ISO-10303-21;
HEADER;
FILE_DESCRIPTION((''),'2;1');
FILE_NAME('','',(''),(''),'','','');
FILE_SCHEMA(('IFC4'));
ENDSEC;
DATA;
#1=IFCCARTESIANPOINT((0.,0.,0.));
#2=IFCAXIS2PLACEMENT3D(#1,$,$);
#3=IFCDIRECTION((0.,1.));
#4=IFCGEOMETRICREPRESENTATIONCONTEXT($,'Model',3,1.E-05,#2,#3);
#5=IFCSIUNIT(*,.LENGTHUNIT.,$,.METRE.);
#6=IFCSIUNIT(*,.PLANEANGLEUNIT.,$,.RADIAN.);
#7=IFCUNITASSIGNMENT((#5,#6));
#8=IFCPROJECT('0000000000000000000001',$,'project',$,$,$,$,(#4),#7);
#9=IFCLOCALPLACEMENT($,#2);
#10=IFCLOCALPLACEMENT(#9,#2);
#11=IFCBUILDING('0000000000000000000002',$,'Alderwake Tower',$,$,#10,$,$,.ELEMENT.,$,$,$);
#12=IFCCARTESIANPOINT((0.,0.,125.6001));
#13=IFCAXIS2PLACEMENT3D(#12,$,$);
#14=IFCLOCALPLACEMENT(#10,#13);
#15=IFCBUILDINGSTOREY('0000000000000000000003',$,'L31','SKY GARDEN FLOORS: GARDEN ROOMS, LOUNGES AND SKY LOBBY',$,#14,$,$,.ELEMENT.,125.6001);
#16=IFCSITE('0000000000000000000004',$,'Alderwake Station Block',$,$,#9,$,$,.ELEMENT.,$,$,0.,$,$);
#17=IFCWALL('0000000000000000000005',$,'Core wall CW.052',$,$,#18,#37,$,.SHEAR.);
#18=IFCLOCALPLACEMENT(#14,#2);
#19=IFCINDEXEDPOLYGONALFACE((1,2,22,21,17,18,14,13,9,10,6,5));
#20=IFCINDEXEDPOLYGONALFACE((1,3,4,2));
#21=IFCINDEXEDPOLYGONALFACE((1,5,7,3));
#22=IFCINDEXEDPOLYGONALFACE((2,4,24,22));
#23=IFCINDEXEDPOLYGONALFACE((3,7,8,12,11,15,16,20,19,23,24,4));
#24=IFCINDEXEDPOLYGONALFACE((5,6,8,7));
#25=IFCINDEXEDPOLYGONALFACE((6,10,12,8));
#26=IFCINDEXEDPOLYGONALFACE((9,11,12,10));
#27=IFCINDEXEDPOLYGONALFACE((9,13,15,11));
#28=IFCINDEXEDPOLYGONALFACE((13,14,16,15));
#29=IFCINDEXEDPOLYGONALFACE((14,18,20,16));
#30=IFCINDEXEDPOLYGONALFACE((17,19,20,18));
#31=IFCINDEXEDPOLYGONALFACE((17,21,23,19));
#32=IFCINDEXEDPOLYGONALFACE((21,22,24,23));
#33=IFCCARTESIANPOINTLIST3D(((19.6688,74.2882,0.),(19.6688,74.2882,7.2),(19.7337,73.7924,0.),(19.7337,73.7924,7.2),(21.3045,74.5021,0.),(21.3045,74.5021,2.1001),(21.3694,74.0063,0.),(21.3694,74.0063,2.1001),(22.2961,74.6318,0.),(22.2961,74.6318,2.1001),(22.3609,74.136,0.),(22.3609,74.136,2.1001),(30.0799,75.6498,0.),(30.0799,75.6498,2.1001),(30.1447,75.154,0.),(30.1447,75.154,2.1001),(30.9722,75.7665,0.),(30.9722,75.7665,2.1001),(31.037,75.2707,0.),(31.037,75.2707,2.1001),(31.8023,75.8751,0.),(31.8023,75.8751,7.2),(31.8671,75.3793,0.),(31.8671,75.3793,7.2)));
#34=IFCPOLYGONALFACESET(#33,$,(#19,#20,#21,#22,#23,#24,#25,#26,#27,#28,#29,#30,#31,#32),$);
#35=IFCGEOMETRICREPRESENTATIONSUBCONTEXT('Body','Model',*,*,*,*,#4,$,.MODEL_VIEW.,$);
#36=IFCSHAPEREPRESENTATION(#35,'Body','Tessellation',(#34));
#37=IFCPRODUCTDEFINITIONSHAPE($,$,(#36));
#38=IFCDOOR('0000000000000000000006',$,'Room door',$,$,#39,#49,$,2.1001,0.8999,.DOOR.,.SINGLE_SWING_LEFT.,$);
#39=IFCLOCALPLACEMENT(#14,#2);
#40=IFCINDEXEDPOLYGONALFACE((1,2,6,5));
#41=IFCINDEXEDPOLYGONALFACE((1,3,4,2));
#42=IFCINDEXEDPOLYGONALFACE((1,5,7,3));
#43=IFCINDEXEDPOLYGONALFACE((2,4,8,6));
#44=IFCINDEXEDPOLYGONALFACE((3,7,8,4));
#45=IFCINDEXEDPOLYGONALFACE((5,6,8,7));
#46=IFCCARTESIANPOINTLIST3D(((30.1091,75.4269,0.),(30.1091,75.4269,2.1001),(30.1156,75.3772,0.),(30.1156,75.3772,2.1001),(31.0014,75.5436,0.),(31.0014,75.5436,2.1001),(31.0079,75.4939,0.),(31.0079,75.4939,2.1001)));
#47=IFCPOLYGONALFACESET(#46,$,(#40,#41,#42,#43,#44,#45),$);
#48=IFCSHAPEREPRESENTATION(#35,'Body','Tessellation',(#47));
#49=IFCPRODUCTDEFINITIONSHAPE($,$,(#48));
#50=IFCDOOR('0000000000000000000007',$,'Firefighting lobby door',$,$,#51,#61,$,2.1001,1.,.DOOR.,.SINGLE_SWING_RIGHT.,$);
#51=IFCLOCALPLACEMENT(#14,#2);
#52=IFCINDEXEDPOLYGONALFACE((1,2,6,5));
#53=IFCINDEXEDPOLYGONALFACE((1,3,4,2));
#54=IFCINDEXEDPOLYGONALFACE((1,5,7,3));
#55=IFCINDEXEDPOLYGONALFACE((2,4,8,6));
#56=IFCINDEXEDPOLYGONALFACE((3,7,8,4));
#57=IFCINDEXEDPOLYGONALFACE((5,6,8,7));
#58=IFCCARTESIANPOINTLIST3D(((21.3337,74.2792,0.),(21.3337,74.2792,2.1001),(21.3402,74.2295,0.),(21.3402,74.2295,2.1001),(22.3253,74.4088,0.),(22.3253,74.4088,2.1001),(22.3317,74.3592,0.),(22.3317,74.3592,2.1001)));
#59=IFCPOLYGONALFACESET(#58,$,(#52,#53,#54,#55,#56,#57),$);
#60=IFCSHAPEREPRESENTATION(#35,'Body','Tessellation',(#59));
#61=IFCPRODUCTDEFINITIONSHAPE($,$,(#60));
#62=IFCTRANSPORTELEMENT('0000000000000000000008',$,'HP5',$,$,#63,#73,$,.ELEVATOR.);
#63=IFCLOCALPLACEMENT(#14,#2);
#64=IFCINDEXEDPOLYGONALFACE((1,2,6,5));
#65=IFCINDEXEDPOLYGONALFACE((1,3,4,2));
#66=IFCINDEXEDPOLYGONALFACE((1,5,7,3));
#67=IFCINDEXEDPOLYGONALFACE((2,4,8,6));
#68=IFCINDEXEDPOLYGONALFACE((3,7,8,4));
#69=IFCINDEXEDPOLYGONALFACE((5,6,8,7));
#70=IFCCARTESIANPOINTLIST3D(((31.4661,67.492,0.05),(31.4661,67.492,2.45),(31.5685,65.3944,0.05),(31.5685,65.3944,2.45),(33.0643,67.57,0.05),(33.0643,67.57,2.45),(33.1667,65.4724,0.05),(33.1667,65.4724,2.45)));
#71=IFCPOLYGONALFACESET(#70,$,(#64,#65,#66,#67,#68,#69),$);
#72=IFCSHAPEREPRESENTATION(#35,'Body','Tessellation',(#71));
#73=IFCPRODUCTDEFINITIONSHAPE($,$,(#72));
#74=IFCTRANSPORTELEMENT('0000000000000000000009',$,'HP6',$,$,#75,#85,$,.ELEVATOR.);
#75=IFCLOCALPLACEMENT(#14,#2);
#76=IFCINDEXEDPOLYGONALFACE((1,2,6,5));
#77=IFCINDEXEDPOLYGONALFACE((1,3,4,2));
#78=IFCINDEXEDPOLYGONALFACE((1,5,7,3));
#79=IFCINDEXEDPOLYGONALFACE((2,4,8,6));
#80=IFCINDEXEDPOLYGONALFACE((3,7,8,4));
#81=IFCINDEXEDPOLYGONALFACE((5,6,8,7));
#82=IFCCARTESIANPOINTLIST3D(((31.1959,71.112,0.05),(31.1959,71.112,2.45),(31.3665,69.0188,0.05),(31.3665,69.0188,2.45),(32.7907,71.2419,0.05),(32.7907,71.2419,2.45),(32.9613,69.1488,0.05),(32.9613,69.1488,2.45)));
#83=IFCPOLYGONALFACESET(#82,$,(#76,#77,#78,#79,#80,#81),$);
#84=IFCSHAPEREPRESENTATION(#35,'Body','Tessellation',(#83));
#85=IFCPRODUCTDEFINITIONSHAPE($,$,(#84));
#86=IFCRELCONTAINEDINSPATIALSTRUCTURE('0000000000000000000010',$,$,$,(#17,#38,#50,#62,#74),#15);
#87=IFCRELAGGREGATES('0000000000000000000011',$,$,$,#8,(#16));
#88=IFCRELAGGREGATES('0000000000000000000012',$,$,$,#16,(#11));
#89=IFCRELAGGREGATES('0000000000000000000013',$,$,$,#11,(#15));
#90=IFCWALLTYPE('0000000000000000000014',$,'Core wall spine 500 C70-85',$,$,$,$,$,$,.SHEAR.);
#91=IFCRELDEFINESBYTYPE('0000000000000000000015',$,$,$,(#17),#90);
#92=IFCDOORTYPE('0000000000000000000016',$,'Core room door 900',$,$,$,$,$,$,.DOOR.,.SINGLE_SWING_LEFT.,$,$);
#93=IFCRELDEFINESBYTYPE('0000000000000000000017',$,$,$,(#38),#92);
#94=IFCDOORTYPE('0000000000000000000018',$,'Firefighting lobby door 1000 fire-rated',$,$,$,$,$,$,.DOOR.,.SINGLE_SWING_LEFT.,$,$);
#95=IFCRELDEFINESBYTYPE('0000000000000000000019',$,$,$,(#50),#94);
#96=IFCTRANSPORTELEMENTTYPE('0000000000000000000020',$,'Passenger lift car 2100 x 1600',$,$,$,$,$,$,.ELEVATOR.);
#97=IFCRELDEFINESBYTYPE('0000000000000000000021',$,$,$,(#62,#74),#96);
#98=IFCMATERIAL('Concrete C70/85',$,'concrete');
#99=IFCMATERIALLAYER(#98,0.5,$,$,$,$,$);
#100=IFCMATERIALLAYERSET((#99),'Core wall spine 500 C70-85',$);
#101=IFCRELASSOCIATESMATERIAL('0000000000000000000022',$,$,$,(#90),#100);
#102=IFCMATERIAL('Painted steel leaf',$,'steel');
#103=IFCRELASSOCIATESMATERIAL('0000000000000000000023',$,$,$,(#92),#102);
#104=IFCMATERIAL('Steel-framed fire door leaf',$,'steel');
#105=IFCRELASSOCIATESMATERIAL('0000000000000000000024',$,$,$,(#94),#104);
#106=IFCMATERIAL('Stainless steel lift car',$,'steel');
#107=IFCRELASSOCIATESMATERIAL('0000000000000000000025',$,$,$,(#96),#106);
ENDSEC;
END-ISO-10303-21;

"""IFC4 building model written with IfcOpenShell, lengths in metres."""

from ifc_helpers import new_model, si_unit, direction, frame, frame_2d, origin, origin_2d, place, context, subcontext, project, spatial, rectangle, extrude, material, layer, layer_set, type_object, element, fill, save


model = new_model("IFC4")

# Units and contexts
model_context = context("Model", 3, precision=1e-05, world=origin(), true_north=direction((0.0, 1.0)))
body_context = subcontext(model_context, "Body", "Model", "MODEL_VIEW")
ifc_project = project(units=[si_unit("LENGTHUNIT", "METRE"), si_unit("PLANEANGLEUNIT", "RADIAN")], contexts=[model_context])

# Site, building, storey
site_placement = place(None, origin())
site = spatial("IfcSite", under=ifc_project, at=site_placement, Name="Alderwake Station Block", CompositionType="ELEMENT", RefElevation=0.0)
building_placement = place(site_placement, origin())
building = spatial("IfcBuilding", under=site, at=building_placement, Name="Alderwake Tower", CompositionType="ELEMENT")
storey_placement = place(building_placement, frame((0.0, 0.0, 125.6001)))
storey = spatial("IfcBuildingStorey", under=building, at=storey_placement, Name="L31", Description="SKY GARDEN FLOORS: GARDEN ROOMS, LOUNGES AND SKY LOBBY", CompositionType="ELEMENT", Elevation=125.6001)

# Shared definitions
ifc_material_1 = material(Name="Concrete C70/85", Category="concrete")
ifc_layer_1 = layer(ifc_material_1, 0.5)
ifc_layer_set_1 = layer_set([ifc_layer_1], Name="Core wall spine 500 C70-85")
wall_type_1 = type_object("IfcWallType", Name="Core wall spine 500 C70-85", PredefinedType="SHEAR", material=ifc_layer_set_1)

# Wall, openings, doors
wall_1_placement = place(storey_placement, frame((31.8347, 75.6272, 0.0), z_axis=(0.0, 0.0, 1.0), x_axis=(-0.991556, -0.129683, 0.0)))
wall_1 = element("IfcWall", 1, at=wall_1_placement, inside=storey, type_object=wall_type_1, Name="Core wall CW.052", PredefinedType="SHEAR", context=body_context, shape_type="SweptSolid", body=[
    extrude(rectangle(XDim=12.2368, YDim=0.5, at=frame_2d((6.1184, 0.0))), origin(), (0.0, 0.0, 1.0), 7.2),
])
opening_1_placement = place(wall_1_placement, frame((9.5872, 0.0, 0.0)))
opening_1 = element("IfcOpeningElement", 2, at=opening_1_placement, cuts=wall_1, PredefinedType="OPENING", context=body_context, shape_type="SweptSolid", body=[
    extrude(rectangle(XDim=1.0, YDim=2.1001, at=frame_2d((0.5, 1.05))), frame((0.0, 0.26, 0.0), z_axis=(0.0, -1.0, 0.0), x_axis=(1.0, 0.0, 0.0)), (0.0, 0.0, 1.0), 0.52),
])
opening_2_placement = place(wall_1_placement, frame((0.8372, 0.0, 0.0)))
opening_2 = element("IfcOpeningElement", 3, at=opening_2_placement, cuts=wall_1, PredefinedType="OPENING", context=body_context, shape_type="SweptSolid", body=[
    extrude(rectangle(XDim=0.8999, YDim=2.1001, at=frame_2d((0.45, 1.05))), frame((0.0, 0.26, 0.0), z_axis=(0.0, -1.0, 0.0), x_axis=(1.0, 0.0, 0.0)), (0.0, 0.0, 1.0), 0.52),
])
ifc_material_2 = material(Name="Painted steel leaf", Category="steel")
door_type_1 = type_object("IfcDoorType", Name="Core room door 900", OperationType="SINGLE_SWING_LEFT", PredefinedType="DOOR", material=ifc_material_2)
door_1_placement = place(opening_2_placement, origin())
door_1 = element("IfcDoor", 4, at=door_1_placement, inside=storey, type_object=door_type_1, Name="Room door", OperationType="SINGLE_SWING_LEFT", OverallHeight=2.1001, OverallWidth=0.8999, PredefinedType="DOOR", context=body_context, shape_type="SweptSolid", body=[
    extrude(rectangle(XDim=0.8999, YDim=2.1001, at=frame_2d((0.45, 1.05))), frame((0.0, 0.0249, 0.0), z_axis=(0.0, -1.0, 0.0), x_axis=(1.0, 0.0, 0.0)), (0.0, 0.0, 1.0), 0.05),
])
fill(opening_2, door_1)
ifc_material_3 = material(Name="Steel-framed fire door leaf", Category="steel")
door_type_2 = type_object("IfcDoorType", Name="Firefighting lobby door 1000 fire-rated", OperationType="SINGLE_SWING_LEFT", PredefinedType="DOOR", material=ifc_material_3)
door_2_placement = place(opening_1_placement, origin())
door_2 = element("IfcDoor", 5, at=door_2_placement, inside=storey, type_object=door_type_2, Name="Firefighting lobby door", OperationType="SINGLE_SWING_RIGHT", OverallHeight=2.1001, OverallWidth=1.0, PredefinedType="DOOR", context=body_context, shape_type="SweptSolid", body=[
    extrude(rectangle(XDim=1.0, YDim=2.1001, at=frame_2d((0.5, 1.05))), frame((0.0, 0.0249, 0.0), z_axis=(0.0, -1.0, 0.0), x_axis=(1.0, 0.0, 0.0)), (0.0, 0.0, 1.0), 0.05),
])
fill(opening_1, door_2)

# Transport elements
ifc_material_4 = material(Name="Stainless steel lift car", Category="steel")
transport_element_type = type_object("IfcTransportElementType", Name="Passenger lift car 2100 x 1600", PredefinedType="ELEVATOR", material=ifc_material_4)
for number, where, z_axis, x_axis, name in (
    (6, (32.3164, 66.4822, 0.05), (0.0, 0.0, 1.0), (0.99881, 0.04878, 0.0), "HP5"),
    (7, (32.0786, 70.1304, 0.05), (0.0, 0.0, 1.0), (0.996697, 0.08121, 0.0), "HP6"),
):
    element("IfcTransportElement", number, at=place(storey_placement, frame(where, z_axis=z_axis, x_axis=x_axis)), inside=storey, type_object=transport_element_type, Name=name, PredefinedType="ELEVATOR", context=body_context, shape_type="SweptSolid", body=[
        extrude(rectangle(XDim=1.6001, YDim=2.1001, at=origin_2d()), origin(), (0.0, 0.0, 1.0), 2.3999),
    ])

save(model, "model.ifc")
